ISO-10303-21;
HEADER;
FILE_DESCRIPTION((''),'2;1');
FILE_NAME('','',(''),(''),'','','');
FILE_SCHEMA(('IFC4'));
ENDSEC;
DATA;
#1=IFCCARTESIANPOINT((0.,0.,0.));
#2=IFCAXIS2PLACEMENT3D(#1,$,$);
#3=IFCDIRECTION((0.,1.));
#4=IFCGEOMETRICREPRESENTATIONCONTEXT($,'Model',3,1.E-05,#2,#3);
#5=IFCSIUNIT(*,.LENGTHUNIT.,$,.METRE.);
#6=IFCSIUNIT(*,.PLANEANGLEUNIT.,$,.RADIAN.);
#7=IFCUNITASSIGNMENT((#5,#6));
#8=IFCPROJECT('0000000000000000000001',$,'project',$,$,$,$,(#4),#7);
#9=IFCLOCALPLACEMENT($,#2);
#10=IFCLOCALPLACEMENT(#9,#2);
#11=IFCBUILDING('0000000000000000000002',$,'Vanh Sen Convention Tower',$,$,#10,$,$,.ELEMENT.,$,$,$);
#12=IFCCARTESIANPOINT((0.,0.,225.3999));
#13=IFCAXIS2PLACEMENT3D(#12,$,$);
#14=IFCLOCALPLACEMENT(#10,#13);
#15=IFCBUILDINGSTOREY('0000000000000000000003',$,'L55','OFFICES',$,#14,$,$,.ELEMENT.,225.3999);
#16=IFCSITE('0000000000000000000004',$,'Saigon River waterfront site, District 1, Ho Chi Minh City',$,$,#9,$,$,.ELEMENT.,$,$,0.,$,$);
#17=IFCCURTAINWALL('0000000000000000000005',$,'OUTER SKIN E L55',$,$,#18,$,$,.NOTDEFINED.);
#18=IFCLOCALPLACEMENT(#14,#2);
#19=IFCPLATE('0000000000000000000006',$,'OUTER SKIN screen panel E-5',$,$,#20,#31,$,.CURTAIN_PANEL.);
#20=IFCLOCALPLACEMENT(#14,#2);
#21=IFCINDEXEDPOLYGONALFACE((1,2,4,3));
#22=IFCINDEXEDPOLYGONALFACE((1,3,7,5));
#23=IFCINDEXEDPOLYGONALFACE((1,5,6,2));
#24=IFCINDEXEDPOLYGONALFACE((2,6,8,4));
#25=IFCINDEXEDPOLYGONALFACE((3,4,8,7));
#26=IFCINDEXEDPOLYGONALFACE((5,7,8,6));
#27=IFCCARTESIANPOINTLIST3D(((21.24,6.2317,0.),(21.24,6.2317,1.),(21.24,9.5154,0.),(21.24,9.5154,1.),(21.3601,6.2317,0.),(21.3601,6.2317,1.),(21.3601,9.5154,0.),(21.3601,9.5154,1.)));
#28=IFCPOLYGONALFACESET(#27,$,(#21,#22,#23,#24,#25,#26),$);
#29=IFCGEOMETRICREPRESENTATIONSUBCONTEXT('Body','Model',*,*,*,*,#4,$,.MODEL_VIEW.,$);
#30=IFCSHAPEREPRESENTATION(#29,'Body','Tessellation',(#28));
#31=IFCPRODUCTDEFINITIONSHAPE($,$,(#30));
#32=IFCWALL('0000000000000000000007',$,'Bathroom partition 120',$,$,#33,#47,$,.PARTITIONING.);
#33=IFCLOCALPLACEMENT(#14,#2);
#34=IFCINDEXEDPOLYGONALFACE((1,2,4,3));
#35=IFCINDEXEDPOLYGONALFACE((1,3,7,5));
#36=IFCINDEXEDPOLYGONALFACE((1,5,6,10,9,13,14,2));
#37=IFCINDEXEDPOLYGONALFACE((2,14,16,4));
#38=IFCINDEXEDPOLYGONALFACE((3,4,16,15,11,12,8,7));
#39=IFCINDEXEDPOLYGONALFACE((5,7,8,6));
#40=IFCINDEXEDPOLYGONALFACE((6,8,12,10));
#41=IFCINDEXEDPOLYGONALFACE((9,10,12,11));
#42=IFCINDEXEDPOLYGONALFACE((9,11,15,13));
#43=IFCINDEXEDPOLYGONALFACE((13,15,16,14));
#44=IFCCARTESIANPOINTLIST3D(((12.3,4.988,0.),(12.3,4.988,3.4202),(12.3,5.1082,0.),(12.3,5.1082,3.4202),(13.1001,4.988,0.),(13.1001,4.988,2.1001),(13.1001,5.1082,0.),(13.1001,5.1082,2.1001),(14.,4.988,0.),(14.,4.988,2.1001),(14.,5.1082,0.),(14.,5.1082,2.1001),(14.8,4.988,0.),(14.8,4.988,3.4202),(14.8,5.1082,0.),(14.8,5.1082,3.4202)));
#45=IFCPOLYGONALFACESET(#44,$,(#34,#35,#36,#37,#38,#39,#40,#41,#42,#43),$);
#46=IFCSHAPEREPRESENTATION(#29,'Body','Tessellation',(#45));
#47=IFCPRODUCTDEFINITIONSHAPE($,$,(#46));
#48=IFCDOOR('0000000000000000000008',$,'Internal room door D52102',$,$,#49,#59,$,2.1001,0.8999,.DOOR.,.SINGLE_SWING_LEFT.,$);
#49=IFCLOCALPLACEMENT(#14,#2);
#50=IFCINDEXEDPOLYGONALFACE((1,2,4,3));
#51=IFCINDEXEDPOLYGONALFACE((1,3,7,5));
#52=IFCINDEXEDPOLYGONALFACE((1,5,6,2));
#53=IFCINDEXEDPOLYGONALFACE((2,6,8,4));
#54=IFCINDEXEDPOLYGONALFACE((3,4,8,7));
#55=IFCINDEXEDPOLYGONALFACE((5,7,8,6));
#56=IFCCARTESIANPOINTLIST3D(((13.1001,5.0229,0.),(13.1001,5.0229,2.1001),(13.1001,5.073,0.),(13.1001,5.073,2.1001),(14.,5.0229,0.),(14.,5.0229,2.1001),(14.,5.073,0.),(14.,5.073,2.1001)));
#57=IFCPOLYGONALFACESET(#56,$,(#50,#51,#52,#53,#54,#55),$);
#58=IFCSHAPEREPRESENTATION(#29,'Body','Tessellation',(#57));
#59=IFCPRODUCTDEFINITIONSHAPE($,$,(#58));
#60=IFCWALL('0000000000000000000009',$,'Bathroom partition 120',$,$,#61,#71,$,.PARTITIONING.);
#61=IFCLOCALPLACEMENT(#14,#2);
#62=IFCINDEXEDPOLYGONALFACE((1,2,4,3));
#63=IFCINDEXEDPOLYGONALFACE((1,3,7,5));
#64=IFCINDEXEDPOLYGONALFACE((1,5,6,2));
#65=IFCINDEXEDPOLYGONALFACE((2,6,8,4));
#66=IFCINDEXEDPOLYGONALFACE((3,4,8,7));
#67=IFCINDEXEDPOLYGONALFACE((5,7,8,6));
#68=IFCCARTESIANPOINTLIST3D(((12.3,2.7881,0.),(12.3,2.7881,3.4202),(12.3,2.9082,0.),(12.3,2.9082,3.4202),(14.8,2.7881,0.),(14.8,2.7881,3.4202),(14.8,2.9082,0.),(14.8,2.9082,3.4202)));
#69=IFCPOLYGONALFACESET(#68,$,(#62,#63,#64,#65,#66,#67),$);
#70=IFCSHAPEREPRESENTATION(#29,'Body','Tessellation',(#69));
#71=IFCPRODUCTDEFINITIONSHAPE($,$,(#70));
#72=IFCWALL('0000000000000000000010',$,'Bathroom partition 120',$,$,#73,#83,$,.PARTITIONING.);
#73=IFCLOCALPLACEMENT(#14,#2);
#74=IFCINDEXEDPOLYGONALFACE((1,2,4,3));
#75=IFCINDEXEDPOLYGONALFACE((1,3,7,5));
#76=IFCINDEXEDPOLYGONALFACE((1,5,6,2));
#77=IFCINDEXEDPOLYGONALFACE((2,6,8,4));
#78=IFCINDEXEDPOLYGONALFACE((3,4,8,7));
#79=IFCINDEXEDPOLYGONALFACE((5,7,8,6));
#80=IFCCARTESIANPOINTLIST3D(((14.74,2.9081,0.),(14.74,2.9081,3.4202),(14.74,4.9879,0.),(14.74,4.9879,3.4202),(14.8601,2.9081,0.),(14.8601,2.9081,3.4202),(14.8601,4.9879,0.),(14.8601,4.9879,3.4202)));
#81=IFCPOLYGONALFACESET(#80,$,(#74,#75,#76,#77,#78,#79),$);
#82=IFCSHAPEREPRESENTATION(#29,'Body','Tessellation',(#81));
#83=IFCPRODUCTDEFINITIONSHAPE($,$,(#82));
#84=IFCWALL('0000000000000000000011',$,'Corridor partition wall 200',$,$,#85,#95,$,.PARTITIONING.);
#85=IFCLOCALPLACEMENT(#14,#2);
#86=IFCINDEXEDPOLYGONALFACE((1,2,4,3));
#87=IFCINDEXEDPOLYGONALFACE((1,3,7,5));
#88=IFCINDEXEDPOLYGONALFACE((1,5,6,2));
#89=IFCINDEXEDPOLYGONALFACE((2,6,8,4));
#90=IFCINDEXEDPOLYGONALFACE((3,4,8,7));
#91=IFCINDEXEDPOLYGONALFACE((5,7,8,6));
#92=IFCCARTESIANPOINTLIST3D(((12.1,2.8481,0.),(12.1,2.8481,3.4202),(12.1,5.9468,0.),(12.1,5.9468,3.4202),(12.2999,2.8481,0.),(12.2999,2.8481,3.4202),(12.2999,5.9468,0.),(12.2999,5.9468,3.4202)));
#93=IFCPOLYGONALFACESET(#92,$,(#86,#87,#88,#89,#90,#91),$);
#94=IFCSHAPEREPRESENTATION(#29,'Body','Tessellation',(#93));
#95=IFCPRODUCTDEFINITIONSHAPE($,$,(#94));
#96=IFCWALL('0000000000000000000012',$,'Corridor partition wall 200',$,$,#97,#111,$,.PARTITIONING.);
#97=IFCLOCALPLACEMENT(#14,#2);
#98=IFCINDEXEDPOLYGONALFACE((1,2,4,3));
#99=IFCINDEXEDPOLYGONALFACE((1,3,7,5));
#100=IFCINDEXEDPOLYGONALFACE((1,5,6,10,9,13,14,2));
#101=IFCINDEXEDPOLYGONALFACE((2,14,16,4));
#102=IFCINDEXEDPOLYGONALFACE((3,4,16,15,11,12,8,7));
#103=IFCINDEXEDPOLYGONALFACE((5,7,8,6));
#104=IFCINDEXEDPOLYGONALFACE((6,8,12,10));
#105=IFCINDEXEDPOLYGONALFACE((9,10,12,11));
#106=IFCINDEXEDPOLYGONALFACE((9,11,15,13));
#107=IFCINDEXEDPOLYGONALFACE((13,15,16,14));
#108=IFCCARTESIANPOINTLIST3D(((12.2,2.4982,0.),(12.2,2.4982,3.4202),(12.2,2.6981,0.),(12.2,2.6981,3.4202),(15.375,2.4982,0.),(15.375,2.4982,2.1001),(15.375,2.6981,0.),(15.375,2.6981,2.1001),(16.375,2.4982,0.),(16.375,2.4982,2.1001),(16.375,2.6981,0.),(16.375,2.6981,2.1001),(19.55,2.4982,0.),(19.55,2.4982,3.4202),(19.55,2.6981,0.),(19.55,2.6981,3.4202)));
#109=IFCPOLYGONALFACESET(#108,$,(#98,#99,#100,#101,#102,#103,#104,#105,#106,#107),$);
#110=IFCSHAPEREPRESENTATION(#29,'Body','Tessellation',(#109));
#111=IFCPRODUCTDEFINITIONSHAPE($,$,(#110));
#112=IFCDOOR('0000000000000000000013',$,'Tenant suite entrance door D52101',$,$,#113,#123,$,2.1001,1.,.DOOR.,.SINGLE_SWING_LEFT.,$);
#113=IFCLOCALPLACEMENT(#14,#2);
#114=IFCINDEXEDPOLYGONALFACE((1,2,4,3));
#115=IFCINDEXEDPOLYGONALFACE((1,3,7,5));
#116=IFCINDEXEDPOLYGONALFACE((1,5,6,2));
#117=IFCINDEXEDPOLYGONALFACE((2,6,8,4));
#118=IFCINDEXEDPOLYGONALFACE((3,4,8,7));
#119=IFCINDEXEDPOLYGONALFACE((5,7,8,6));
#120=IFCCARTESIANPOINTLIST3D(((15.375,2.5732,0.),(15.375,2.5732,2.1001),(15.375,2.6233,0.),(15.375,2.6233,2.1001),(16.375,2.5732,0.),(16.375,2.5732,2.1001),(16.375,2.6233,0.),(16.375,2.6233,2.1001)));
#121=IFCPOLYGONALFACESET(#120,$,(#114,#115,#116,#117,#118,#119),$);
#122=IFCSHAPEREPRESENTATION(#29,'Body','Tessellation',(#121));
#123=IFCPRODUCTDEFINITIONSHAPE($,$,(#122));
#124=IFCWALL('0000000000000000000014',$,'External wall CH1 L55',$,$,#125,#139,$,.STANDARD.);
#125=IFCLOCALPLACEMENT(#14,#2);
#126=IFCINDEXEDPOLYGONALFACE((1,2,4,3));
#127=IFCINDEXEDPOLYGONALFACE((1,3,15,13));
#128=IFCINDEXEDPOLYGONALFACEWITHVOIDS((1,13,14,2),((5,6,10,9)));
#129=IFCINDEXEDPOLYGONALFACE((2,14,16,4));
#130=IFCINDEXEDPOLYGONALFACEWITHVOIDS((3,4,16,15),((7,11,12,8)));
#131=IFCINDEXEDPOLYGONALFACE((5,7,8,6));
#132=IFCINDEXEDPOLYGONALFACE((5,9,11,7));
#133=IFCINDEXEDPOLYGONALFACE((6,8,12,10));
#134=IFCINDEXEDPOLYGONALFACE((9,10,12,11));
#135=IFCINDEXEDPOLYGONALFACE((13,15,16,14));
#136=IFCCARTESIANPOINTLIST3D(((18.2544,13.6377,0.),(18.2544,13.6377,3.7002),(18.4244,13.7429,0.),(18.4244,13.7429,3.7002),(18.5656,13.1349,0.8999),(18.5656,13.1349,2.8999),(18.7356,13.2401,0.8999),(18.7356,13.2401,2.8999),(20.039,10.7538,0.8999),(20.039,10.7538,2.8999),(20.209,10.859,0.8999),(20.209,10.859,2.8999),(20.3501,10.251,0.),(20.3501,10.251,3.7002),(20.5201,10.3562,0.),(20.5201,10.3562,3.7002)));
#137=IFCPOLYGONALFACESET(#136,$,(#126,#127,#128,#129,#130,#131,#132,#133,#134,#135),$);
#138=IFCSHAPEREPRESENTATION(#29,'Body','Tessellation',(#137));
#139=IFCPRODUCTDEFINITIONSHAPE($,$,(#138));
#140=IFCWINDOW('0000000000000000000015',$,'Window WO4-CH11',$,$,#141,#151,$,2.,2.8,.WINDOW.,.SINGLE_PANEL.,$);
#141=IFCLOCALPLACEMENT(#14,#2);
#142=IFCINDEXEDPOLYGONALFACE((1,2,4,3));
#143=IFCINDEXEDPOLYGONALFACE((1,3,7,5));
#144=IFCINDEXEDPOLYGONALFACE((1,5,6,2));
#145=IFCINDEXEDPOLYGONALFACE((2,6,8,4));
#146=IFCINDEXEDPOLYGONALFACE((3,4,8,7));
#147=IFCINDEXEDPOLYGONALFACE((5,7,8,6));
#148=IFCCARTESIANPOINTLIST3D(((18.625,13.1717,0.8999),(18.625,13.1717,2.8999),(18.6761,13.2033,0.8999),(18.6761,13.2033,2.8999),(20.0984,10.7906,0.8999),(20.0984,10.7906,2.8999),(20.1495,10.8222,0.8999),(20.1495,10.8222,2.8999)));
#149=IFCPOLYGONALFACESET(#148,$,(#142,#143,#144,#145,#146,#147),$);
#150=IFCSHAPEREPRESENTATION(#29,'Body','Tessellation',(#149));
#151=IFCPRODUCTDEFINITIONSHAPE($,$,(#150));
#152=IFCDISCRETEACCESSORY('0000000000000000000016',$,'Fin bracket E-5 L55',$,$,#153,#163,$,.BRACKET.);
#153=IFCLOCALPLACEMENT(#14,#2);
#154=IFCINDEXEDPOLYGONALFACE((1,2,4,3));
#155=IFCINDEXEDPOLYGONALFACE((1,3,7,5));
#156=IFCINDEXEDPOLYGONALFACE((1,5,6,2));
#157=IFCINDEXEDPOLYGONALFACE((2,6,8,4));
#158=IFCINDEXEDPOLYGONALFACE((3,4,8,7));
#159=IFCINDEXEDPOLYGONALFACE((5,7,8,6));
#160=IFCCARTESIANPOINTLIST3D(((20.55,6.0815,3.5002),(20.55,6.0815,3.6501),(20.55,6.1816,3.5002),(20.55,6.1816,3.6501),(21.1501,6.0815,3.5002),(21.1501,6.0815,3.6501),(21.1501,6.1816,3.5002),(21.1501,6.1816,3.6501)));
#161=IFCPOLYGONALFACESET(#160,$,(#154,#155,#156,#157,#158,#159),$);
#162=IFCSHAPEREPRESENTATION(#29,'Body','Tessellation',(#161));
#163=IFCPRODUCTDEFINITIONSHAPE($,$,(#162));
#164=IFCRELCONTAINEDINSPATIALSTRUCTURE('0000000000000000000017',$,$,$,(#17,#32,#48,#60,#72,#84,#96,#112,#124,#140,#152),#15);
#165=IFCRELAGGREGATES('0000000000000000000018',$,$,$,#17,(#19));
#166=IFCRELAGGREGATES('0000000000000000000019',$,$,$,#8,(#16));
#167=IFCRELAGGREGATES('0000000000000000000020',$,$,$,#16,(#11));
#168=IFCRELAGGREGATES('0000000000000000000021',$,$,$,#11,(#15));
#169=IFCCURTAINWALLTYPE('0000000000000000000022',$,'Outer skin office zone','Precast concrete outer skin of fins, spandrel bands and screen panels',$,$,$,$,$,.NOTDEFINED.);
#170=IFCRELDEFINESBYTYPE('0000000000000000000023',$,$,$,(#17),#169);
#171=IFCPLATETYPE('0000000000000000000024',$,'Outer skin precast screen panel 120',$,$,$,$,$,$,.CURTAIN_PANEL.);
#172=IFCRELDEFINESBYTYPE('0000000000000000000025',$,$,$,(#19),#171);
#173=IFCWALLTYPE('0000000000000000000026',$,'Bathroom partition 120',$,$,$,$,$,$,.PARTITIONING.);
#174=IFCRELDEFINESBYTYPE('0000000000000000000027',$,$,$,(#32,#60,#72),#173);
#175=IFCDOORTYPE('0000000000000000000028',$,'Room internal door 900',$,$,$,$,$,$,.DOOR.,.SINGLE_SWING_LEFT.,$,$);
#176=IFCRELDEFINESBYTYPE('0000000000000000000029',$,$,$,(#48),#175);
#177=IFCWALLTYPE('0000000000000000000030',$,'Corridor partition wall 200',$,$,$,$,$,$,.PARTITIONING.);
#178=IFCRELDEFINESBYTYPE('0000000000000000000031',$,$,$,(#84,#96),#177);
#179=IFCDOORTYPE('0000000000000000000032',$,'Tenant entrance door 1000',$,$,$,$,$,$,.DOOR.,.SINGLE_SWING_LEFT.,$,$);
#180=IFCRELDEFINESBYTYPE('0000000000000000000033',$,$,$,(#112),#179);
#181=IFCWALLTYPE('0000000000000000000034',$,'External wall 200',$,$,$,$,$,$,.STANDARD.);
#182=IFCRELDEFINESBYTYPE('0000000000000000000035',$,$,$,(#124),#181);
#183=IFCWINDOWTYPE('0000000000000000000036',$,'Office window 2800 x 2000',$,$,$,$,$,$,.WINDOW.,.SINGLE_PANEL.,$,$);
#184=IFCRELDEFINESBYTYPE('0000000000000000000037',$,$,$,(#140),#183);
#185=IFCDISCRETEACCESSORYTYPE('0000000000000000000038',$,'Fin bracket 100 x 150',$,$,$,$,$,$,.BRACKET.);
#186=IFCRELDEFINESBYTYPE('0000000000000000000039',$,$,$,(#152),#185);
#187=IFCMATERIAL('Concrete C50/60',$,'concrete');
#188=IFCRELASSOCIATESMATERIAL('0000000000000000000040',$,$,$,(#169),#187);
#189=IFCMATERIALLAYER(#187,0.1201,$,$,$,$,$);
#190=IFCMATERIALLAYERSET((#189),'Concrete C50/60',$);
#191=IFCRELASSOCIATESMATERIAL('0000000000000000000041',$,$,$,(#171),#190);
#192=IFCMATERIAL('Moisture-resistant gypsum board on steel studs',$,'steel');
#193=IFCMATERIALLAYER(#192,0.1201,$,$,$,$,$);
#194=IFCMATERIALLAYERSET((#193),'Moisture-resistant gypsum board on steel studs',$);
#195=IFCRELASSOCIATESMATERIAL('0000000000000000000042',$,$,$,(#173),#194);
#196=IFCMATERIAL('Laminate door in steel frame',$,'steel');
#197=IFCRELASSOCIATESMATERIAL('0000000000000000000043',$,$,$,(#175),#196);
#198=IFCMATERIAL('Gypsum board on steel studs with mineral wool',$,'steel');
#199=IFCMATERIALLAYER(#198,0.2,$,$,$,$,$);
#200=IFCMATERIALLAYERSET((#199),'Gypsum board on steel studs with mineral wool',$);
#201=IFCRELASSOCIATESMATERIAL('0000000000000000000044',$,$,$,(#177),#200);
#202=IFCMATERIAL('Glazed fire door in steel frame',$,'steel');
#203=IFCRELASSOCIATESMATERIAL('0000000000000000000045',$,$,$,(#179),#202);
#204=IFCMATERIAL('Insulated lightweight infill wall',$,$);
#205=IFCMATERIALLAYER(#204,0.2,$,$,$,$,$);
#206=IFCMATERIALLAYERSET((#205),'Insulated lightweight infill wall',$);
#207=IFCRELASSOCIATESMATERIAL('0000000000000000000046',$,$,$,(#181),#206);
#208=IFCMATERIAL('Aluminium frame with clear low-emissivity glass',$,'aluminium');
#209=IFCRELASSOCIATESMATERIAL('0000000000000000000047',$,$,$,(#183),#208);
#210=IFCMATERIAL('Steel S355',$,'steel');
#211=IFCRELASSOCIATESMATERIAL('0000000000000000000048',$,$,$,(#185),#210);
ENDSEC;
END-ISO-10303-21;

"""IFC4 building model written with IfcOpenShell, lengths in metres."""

from ifc_helpers import new_model, si_unit, direction, frame, frame_2d, origin, origin_2d, place, context, subcontext, project, spatial, rectangle, extrude, material, layer, layer_set, type_object, element, fill, aggregate, save


model = new_model("IFC4")

# Units and contexts
model_context = context("Model", 3, precision=1e-05, world=origin(), true_north=direction((0.0, 1.0)))
body_context = subcontext(model_context, "Body", "Model", "MODEL_VIEW")
ifc_project = project(units=[si_unit("LENGTHUNIT", "METRE"), si_unit("PLANEANGLEUNIT", "RADIAN")], contexts=[model_context])

# Site, building, storey
site_placement = place(None, origin())
site = spatial("IfcSite", under=ifc_project, at=site_placement, Name="Saigon River waterfront site, District 1, Ho Chi Minh City", CompositionType="ELEMENT", RefElevation=0.0)
building_placement = place(site_placement, origin())
building = spatial("IfcBuilding", under=site, at=building_placement, Name="Vanh Sen Convention Tower", CompositionType="ELEMENT")
storey_placement = place(building_placement, frame((0.0, 0.0, 225.3999)))
storey = spatial("IfcBuildingStorey", under=building, at=storey_placement, Name="L55", Description="OFFICES", CompositionType="ELEMENT", Elevation=225.3999)

# Curtain wall
ifc_material_1 = material(Name="Concrete C50/60", Category="concrete")
curtain_wall_type = type_object("IfcCurtainWallType", Name="Outer skin office zone", Description="Precast concrete outer skin of fins, spandrel bands and screen panels", PredefinedType="NOTDEFINED", material=ifc_material_1)
curtain_wall_1_placement = place(storey_placement, origin())
curtain_wall_1 = element("IfcCurtainWall", 1, at=curtain_wall_1_placement, inside=storey, type_object=curtain_wall_type, Name="OUTER SKIN E L55", PredefinedType="NOTDEFINED")

# Plate
ifc_layer_1 = layer(ifc_material_1, 0.1201)
ifc_layer_set_1 = layer_set([ifc_layer_1], Name="Concrete C50/60")
plate_type = type_object("IfcPlateType", Name="Outer skin precast screen panel 120", PredefinedType="CURTAIN_PANEL", material=ifc_layer_set_1)
plate_1_placement = place(storey_placement, frame((21.3, 7.8735, 0.0), z_axis=(0.0, 0.0, 1.0), x_axis=(0.0, 1.0, 0.0)))
plate_1 = element("IfcPlate", 2, at=plate_1_placement, type_object=plate_type, Name="OUTER SKIN screen panel E-5", PredefinedType="CURTAIN_PANEL", context=body_context, shape_type="SweptSolid", body=[
    extrude(rectangle(XDim=3.2837, YDim=0.1201, at=origin_2d()), origin(), (0.0, 0.0, 1.0), 1.0),
])
aggregate(curtain_wall_1, [plate_1])

# Wall, opening, door
ifc_material_2 = material(Name="Moisture-resistant gypsum board on steel studs", Category="steel")
ifc_layer_2 = layer(ifc_material_2, 0.1201)
ifc_layer_set_2 = layer_set([ifc_layer_2], Name="Moisture-resistant gypsum board on steel studs")
wall_type_1 = type_object("IfcWallType", Name="Bathroom partition 120", PredefinedType="PARTITIONING", material=ifc_layer_set_2)
wall_1_placement = place(storey_placement, frame((12.3, 5.0481, 0.0), z_axis=(0.0, 0.0, 1.0), x_axis=(1.0, 0.0, 0.0)))
wall_1 = element("IfcWall", 3, at=wall_1_placement, inside=storey, type_object=wall_type_1, Name="Bathroom partition 120", PredefinedType="PARTITIONING", context=body_context, shape_type="SweptSolid", body=[
    extrude(rectangle(XDim=2.5, YDim=0.1201, at=frame_2d((1.25, 0.0))), origin(), (0.0, 0.0, 1.0), 3.4202),
])
opening_1_placement = place(wall_1_placement, frame((0.8, 0.0, 0.0)))
opening_1 = element("IfcOpeningElement", 4, at=opening_1_placement, cuts=wall_1, PredefinedType="OPENING", context=body_context, shape_type="SweptSolid", body=[
    extrude(rectangle(XDim=0.8999, YDim=2.1001, at=frame_2d((0.45, 1.05))), frame((0.0, 0.0701, 0.0), z_axis=(0.0, -1.0, 0.0), x_axis=(1.0, 0.0, 0.0)), (0.0, 0.0, 1.0), 0.1401),
])
ifc_material_3 = material(Name="Laminate door in steel frame", Category="steel")
door_type_1 = type_object("IfcDoorType", Name="Room internal door 900", OperationType="SINGLE_SWING_LEFT", PredefinedType="DOOR", material=ifc_material_3)
door_1_placement = place(opening_1_placement, origin())
door_1 = element("IfcDoor", 5, at=door_1_placement, inside=storey, type_object=door_type_1, Name="Internal room door D52102", OperationType="SINGLE_SWING_LEFT", OverallHeight=2.1001, OverallWidth=0.8999, PredefinedType="DOOR", context=body_context, shape_type="SweptSolid", body=[
    extrude(rectangle(XDim=0.8999, YDim=2.1001, at=frame_2d((0.45, 1.05))), frame((0.0, 0.0249, 0.0), z_axis=(0.0, -1.0, 0.0), x_axis=(1.0, 0.0, 0.0)), (0.0, 0.0, 1.0), 0.05),
])
fill(opening_1, door_1)

# Walls
wall_2_placement = place(storey_placement, frame((14.8, 2.8481, 0.0), z_axis=(0.0, 0.0, 1.0), x_axis=(-1.0, 0.0, 0.0)))
element("IfcWall", 6, at=wall_2_placement, inside=storey, type_object=wall_type_1, Name="Bathroom partition 120", PredefinedType="PARTITIONING", context=body_context, shape_type="SweptSolid", body=[
    extrude(rectangle(XDim=2.5, YDim=0.1201, at=frame_2d((1.25, 0.0))), origin(), (0.0, 0.0, 1.0), 3.4202),
])
wall_3_placement = place(storey_placement, frame((14.8, 4.988, 0.0), z_axis=(0.0, 0.0, 1.0), x_axis=(0.0, -1.0, 0.0)))
element("IfcWall", 7, at=wall_3_placement, inside=storey, type_object=wall_type_1, Name="Bathroom partition 120", PredefinedType="PARTITIONING", context=body_context, shape_type="SweptSolid", body=[
    extrude(rectangle(XDim=2.0798, YDim=0.1201, at=frame_2d((1.04, 0.0))), origin(), (0.0, 0.0, 1.0), 3.4202),
])
ifc_material_4 = material(Name="Gypsum board on steel studs with mineral wool", Category="steel")
ifc_layer_3 = layer(ifc_material_4, 0.2)
ifc_layer_set_3 = layer_set([ifc_layer_3], Name="Gypsum board on steel studs with mineral wool")
wall_type_2 = type_object("IfcWallType", Name="Corridor partition wall 200", PredefinedType="PARTITIONING", material=ifc_layer_set_3)
wall_4_placement = place(storey_placement, frame((12.2, 2.8481, 0.0), z_axis=(0.0, 0.0, 1.0), x_axis=(0.0, 1.0, 0.0)))
element("IfcWall", 8, at=wall_4_placement, inside=storey, type_object=wall_type_2, Name="Corridor partition wall 200", PredefinedType="PARTITIONING", context=body_context, shape_type="SweptSolid", body=[
    extrude(rectangle(XDim=3.0986, YDim=0.2, at=frame_2d((1.5493, 0.0))), origin(), (0.0, 0.0, 1.0), 3.4202),
])

# Wall, opening, door
wall_5_placement = place(storey_placement, frame((19.55, 2.5981, 0.0), z_axis=(0.0, 0.0, 1.0), x_axis=(-1.0, 0.0, 0.0)))
wall_5 = element("IfcWall", 9, at=wall_5_placement, inside=storey, type_object=wall_type_2, Name="Corridor partition wall 200", PredefinedType="PARTITIONING", context=body_context, shape_type="SweptSolid", body=[
    extrude(rectangle(XDim=7.3501, YDim=0.2, at=frame_2d((3.675, 0.0))), origin(), (0.0, 0.0, 1.0), 3.4202),
])
opening_2_placement = place(wall_5_placement, frame((3.175, 0.0, 0.0)))
opening_2 = element("IfcOpeningElement", 10, at=opening_2_placement, cuts=wall_5, PredefinedType="OPENING", context=body_context, shape_type="SweptSolid", body=[
    extrude(rectangle(XDim=1.0, YDim=2.1001, at=frame_2d((0.5, 1.05))), frame((0.0, 0.1099, 0.0), z_axis=(0.0, -1.0, 0.0), x_axis=(1.0, 0.0, 0.0)), (0.0, 0.0, 1.0), 0.22),
])
ifc_material_5 = material(Name="Glazed fire door in steel frame", Category="steel")
door_type_2 = type_object("IfcDoorType", Name="Tenant entrance door 1000", OperationType="SINGLE_SWING_LEFT", PredefinedType="DOOR", material=ifc_material_5)
door_2_placement = place(opening_2_placement, origin())
door_2 = element("IfcDoor", 11, at=door_2_placement, inside=storey, type_object=door_type_2, Name="Tenant suite entrance door D52101", OperationType="SINGLE_SWING_LEFT", OverallHeight=2.1001, OverallWidth=1.0, PredefinedType="DOOR", context=body_context, shape_type="SweptSolid", body=[
    extrude(rectangle(XDim=1.0, YDim=2.1001, at=frame_2d((0.5, 1.05))), frame((0.0, 0.0249, 0.0), z_axis=(0.0, -1.0, 0.0), x_axis=(1.0, 0.0, 0.0)), (0.0, 0.0, 1.0), 0.05),
])
fill(opening_2, door_2)

# Wall, opening, window
ifc_material_6 = material(Name="Insulated lightweight infill wall")
ifc_layer_4 = layer(ifc_material_6, 0.2)
ifc_layer_set_4 = layer_set([ifc_layer_4], Name="Insulated lightweight infill wall")
wall_type_3 = type_object("IfcWallType", Name="External wall 200", PredefinedType="STANDARD", material=ifc_layer_set_4)
wall_6_placement = place(storey_placement, frame((20.4351, 10.3037, 0.0), z_axis=(0.0, 0.0, 1.0), x_axis=(-0.526203, 0.850359, 0.0)))
wall_6 = element("IfcWall", 12, at=wall_6_placement, inside=storey, type_object=wall_type_3, Name="External wall CH1 L55", PredefinedType="STANDARD", context=body_context, shape_type="SweptSolid", body=[
    extrude(rectangle(XDim=3.9827, YDim=0.2, at=frame_2d((1.9912, 0.0))), origin(), (0.0, 0.0, 1.0), 3.7002),
])
opening_3_placement = place(wall_6_placement, frame((0.5913, 0.0, 0.8999)))
opening_3 = element("IfcOpeningElement", 13, at=opening_3_placement, cuts=wall_6, PredefinedType="OPENING", context=body_context, shape_type="SweptSolid", body=[
    extrude(rectangle(XDim=2.8, YDim=2.0, at=frame_2d((1.3999, 1.0))), frame((0.0, 0.1099, 0.0), z_axis=(0.0, -1.0, 0.0), x_axis=(1.0, 0.0, 0.0)), (0.0, 0.0, 1.0), 0.22),
])
ifc_material_7 = material(Name="Aluminium frame with clear low-emissivity glass", Category="aluminium")
window_type = type_object("IfcWindowType", Name="Office window 2800 x 2000", PartitioningType="SINGLE_PANEL", PredefinedType="WINDOW", material=ifc_material_7)
window_placement = place(opening_3_placement, origin())
window = element("IfcWindow", 14, at=window_placement, inside=storey, type_object=window_type, Name="Window WO4-CH11", OverallHeight=2.0, OverallWidth=2.8, PartitioningType="SINGLE_PANEL", PredefinedType="WINDOW", context=body_context, shape_type="SweptSolid", body=[
    extrude(rectangle(XDim=2.8, YDim=2.0, at=frame_2d((1.3999, 1.0))), frame((0.0, 0.03, 0.0), z_axis=(0.0, -1.0, 0.0), x_axis=(1.0, 0.0, 0.0)), (0.0, 0.0, 1.0), 0.0601),
])
fill(opening_3, window)

# Discrete accessory
ifc_material_8 = material(Name="Steel S355", Category="steel")
discrete_accessory_type = type_object("IfcDiscreteAccessoryType", Name="Fin bracket 100 x 150", PredefinedType="BRACKET", material=ifc_material_8)
discrete_accessory_placement = place(storey_placement, frame((20.8501, 6.1316, 3.5002), z_axis=(0.0, 0.0, 1.0), x_axis=(1.0, 0.0, 0.0)))
element("IfcDiscreteAccessory", 15, at=discrete_accessory_placement, inside=storey, type_object=discrete_accessory_type, Name="Fin bracket E-5 L55", PredefinedType="BRACKET", context=body_context, shape_type="SweptSolid", body=[
    extrude(rectangle(XDim=0.6001, YDim=0.1001, at=origin_2d()), origin(), (0.0, 0.0, 1.0), 0.1499),
])

save(model, "model.ifc")
